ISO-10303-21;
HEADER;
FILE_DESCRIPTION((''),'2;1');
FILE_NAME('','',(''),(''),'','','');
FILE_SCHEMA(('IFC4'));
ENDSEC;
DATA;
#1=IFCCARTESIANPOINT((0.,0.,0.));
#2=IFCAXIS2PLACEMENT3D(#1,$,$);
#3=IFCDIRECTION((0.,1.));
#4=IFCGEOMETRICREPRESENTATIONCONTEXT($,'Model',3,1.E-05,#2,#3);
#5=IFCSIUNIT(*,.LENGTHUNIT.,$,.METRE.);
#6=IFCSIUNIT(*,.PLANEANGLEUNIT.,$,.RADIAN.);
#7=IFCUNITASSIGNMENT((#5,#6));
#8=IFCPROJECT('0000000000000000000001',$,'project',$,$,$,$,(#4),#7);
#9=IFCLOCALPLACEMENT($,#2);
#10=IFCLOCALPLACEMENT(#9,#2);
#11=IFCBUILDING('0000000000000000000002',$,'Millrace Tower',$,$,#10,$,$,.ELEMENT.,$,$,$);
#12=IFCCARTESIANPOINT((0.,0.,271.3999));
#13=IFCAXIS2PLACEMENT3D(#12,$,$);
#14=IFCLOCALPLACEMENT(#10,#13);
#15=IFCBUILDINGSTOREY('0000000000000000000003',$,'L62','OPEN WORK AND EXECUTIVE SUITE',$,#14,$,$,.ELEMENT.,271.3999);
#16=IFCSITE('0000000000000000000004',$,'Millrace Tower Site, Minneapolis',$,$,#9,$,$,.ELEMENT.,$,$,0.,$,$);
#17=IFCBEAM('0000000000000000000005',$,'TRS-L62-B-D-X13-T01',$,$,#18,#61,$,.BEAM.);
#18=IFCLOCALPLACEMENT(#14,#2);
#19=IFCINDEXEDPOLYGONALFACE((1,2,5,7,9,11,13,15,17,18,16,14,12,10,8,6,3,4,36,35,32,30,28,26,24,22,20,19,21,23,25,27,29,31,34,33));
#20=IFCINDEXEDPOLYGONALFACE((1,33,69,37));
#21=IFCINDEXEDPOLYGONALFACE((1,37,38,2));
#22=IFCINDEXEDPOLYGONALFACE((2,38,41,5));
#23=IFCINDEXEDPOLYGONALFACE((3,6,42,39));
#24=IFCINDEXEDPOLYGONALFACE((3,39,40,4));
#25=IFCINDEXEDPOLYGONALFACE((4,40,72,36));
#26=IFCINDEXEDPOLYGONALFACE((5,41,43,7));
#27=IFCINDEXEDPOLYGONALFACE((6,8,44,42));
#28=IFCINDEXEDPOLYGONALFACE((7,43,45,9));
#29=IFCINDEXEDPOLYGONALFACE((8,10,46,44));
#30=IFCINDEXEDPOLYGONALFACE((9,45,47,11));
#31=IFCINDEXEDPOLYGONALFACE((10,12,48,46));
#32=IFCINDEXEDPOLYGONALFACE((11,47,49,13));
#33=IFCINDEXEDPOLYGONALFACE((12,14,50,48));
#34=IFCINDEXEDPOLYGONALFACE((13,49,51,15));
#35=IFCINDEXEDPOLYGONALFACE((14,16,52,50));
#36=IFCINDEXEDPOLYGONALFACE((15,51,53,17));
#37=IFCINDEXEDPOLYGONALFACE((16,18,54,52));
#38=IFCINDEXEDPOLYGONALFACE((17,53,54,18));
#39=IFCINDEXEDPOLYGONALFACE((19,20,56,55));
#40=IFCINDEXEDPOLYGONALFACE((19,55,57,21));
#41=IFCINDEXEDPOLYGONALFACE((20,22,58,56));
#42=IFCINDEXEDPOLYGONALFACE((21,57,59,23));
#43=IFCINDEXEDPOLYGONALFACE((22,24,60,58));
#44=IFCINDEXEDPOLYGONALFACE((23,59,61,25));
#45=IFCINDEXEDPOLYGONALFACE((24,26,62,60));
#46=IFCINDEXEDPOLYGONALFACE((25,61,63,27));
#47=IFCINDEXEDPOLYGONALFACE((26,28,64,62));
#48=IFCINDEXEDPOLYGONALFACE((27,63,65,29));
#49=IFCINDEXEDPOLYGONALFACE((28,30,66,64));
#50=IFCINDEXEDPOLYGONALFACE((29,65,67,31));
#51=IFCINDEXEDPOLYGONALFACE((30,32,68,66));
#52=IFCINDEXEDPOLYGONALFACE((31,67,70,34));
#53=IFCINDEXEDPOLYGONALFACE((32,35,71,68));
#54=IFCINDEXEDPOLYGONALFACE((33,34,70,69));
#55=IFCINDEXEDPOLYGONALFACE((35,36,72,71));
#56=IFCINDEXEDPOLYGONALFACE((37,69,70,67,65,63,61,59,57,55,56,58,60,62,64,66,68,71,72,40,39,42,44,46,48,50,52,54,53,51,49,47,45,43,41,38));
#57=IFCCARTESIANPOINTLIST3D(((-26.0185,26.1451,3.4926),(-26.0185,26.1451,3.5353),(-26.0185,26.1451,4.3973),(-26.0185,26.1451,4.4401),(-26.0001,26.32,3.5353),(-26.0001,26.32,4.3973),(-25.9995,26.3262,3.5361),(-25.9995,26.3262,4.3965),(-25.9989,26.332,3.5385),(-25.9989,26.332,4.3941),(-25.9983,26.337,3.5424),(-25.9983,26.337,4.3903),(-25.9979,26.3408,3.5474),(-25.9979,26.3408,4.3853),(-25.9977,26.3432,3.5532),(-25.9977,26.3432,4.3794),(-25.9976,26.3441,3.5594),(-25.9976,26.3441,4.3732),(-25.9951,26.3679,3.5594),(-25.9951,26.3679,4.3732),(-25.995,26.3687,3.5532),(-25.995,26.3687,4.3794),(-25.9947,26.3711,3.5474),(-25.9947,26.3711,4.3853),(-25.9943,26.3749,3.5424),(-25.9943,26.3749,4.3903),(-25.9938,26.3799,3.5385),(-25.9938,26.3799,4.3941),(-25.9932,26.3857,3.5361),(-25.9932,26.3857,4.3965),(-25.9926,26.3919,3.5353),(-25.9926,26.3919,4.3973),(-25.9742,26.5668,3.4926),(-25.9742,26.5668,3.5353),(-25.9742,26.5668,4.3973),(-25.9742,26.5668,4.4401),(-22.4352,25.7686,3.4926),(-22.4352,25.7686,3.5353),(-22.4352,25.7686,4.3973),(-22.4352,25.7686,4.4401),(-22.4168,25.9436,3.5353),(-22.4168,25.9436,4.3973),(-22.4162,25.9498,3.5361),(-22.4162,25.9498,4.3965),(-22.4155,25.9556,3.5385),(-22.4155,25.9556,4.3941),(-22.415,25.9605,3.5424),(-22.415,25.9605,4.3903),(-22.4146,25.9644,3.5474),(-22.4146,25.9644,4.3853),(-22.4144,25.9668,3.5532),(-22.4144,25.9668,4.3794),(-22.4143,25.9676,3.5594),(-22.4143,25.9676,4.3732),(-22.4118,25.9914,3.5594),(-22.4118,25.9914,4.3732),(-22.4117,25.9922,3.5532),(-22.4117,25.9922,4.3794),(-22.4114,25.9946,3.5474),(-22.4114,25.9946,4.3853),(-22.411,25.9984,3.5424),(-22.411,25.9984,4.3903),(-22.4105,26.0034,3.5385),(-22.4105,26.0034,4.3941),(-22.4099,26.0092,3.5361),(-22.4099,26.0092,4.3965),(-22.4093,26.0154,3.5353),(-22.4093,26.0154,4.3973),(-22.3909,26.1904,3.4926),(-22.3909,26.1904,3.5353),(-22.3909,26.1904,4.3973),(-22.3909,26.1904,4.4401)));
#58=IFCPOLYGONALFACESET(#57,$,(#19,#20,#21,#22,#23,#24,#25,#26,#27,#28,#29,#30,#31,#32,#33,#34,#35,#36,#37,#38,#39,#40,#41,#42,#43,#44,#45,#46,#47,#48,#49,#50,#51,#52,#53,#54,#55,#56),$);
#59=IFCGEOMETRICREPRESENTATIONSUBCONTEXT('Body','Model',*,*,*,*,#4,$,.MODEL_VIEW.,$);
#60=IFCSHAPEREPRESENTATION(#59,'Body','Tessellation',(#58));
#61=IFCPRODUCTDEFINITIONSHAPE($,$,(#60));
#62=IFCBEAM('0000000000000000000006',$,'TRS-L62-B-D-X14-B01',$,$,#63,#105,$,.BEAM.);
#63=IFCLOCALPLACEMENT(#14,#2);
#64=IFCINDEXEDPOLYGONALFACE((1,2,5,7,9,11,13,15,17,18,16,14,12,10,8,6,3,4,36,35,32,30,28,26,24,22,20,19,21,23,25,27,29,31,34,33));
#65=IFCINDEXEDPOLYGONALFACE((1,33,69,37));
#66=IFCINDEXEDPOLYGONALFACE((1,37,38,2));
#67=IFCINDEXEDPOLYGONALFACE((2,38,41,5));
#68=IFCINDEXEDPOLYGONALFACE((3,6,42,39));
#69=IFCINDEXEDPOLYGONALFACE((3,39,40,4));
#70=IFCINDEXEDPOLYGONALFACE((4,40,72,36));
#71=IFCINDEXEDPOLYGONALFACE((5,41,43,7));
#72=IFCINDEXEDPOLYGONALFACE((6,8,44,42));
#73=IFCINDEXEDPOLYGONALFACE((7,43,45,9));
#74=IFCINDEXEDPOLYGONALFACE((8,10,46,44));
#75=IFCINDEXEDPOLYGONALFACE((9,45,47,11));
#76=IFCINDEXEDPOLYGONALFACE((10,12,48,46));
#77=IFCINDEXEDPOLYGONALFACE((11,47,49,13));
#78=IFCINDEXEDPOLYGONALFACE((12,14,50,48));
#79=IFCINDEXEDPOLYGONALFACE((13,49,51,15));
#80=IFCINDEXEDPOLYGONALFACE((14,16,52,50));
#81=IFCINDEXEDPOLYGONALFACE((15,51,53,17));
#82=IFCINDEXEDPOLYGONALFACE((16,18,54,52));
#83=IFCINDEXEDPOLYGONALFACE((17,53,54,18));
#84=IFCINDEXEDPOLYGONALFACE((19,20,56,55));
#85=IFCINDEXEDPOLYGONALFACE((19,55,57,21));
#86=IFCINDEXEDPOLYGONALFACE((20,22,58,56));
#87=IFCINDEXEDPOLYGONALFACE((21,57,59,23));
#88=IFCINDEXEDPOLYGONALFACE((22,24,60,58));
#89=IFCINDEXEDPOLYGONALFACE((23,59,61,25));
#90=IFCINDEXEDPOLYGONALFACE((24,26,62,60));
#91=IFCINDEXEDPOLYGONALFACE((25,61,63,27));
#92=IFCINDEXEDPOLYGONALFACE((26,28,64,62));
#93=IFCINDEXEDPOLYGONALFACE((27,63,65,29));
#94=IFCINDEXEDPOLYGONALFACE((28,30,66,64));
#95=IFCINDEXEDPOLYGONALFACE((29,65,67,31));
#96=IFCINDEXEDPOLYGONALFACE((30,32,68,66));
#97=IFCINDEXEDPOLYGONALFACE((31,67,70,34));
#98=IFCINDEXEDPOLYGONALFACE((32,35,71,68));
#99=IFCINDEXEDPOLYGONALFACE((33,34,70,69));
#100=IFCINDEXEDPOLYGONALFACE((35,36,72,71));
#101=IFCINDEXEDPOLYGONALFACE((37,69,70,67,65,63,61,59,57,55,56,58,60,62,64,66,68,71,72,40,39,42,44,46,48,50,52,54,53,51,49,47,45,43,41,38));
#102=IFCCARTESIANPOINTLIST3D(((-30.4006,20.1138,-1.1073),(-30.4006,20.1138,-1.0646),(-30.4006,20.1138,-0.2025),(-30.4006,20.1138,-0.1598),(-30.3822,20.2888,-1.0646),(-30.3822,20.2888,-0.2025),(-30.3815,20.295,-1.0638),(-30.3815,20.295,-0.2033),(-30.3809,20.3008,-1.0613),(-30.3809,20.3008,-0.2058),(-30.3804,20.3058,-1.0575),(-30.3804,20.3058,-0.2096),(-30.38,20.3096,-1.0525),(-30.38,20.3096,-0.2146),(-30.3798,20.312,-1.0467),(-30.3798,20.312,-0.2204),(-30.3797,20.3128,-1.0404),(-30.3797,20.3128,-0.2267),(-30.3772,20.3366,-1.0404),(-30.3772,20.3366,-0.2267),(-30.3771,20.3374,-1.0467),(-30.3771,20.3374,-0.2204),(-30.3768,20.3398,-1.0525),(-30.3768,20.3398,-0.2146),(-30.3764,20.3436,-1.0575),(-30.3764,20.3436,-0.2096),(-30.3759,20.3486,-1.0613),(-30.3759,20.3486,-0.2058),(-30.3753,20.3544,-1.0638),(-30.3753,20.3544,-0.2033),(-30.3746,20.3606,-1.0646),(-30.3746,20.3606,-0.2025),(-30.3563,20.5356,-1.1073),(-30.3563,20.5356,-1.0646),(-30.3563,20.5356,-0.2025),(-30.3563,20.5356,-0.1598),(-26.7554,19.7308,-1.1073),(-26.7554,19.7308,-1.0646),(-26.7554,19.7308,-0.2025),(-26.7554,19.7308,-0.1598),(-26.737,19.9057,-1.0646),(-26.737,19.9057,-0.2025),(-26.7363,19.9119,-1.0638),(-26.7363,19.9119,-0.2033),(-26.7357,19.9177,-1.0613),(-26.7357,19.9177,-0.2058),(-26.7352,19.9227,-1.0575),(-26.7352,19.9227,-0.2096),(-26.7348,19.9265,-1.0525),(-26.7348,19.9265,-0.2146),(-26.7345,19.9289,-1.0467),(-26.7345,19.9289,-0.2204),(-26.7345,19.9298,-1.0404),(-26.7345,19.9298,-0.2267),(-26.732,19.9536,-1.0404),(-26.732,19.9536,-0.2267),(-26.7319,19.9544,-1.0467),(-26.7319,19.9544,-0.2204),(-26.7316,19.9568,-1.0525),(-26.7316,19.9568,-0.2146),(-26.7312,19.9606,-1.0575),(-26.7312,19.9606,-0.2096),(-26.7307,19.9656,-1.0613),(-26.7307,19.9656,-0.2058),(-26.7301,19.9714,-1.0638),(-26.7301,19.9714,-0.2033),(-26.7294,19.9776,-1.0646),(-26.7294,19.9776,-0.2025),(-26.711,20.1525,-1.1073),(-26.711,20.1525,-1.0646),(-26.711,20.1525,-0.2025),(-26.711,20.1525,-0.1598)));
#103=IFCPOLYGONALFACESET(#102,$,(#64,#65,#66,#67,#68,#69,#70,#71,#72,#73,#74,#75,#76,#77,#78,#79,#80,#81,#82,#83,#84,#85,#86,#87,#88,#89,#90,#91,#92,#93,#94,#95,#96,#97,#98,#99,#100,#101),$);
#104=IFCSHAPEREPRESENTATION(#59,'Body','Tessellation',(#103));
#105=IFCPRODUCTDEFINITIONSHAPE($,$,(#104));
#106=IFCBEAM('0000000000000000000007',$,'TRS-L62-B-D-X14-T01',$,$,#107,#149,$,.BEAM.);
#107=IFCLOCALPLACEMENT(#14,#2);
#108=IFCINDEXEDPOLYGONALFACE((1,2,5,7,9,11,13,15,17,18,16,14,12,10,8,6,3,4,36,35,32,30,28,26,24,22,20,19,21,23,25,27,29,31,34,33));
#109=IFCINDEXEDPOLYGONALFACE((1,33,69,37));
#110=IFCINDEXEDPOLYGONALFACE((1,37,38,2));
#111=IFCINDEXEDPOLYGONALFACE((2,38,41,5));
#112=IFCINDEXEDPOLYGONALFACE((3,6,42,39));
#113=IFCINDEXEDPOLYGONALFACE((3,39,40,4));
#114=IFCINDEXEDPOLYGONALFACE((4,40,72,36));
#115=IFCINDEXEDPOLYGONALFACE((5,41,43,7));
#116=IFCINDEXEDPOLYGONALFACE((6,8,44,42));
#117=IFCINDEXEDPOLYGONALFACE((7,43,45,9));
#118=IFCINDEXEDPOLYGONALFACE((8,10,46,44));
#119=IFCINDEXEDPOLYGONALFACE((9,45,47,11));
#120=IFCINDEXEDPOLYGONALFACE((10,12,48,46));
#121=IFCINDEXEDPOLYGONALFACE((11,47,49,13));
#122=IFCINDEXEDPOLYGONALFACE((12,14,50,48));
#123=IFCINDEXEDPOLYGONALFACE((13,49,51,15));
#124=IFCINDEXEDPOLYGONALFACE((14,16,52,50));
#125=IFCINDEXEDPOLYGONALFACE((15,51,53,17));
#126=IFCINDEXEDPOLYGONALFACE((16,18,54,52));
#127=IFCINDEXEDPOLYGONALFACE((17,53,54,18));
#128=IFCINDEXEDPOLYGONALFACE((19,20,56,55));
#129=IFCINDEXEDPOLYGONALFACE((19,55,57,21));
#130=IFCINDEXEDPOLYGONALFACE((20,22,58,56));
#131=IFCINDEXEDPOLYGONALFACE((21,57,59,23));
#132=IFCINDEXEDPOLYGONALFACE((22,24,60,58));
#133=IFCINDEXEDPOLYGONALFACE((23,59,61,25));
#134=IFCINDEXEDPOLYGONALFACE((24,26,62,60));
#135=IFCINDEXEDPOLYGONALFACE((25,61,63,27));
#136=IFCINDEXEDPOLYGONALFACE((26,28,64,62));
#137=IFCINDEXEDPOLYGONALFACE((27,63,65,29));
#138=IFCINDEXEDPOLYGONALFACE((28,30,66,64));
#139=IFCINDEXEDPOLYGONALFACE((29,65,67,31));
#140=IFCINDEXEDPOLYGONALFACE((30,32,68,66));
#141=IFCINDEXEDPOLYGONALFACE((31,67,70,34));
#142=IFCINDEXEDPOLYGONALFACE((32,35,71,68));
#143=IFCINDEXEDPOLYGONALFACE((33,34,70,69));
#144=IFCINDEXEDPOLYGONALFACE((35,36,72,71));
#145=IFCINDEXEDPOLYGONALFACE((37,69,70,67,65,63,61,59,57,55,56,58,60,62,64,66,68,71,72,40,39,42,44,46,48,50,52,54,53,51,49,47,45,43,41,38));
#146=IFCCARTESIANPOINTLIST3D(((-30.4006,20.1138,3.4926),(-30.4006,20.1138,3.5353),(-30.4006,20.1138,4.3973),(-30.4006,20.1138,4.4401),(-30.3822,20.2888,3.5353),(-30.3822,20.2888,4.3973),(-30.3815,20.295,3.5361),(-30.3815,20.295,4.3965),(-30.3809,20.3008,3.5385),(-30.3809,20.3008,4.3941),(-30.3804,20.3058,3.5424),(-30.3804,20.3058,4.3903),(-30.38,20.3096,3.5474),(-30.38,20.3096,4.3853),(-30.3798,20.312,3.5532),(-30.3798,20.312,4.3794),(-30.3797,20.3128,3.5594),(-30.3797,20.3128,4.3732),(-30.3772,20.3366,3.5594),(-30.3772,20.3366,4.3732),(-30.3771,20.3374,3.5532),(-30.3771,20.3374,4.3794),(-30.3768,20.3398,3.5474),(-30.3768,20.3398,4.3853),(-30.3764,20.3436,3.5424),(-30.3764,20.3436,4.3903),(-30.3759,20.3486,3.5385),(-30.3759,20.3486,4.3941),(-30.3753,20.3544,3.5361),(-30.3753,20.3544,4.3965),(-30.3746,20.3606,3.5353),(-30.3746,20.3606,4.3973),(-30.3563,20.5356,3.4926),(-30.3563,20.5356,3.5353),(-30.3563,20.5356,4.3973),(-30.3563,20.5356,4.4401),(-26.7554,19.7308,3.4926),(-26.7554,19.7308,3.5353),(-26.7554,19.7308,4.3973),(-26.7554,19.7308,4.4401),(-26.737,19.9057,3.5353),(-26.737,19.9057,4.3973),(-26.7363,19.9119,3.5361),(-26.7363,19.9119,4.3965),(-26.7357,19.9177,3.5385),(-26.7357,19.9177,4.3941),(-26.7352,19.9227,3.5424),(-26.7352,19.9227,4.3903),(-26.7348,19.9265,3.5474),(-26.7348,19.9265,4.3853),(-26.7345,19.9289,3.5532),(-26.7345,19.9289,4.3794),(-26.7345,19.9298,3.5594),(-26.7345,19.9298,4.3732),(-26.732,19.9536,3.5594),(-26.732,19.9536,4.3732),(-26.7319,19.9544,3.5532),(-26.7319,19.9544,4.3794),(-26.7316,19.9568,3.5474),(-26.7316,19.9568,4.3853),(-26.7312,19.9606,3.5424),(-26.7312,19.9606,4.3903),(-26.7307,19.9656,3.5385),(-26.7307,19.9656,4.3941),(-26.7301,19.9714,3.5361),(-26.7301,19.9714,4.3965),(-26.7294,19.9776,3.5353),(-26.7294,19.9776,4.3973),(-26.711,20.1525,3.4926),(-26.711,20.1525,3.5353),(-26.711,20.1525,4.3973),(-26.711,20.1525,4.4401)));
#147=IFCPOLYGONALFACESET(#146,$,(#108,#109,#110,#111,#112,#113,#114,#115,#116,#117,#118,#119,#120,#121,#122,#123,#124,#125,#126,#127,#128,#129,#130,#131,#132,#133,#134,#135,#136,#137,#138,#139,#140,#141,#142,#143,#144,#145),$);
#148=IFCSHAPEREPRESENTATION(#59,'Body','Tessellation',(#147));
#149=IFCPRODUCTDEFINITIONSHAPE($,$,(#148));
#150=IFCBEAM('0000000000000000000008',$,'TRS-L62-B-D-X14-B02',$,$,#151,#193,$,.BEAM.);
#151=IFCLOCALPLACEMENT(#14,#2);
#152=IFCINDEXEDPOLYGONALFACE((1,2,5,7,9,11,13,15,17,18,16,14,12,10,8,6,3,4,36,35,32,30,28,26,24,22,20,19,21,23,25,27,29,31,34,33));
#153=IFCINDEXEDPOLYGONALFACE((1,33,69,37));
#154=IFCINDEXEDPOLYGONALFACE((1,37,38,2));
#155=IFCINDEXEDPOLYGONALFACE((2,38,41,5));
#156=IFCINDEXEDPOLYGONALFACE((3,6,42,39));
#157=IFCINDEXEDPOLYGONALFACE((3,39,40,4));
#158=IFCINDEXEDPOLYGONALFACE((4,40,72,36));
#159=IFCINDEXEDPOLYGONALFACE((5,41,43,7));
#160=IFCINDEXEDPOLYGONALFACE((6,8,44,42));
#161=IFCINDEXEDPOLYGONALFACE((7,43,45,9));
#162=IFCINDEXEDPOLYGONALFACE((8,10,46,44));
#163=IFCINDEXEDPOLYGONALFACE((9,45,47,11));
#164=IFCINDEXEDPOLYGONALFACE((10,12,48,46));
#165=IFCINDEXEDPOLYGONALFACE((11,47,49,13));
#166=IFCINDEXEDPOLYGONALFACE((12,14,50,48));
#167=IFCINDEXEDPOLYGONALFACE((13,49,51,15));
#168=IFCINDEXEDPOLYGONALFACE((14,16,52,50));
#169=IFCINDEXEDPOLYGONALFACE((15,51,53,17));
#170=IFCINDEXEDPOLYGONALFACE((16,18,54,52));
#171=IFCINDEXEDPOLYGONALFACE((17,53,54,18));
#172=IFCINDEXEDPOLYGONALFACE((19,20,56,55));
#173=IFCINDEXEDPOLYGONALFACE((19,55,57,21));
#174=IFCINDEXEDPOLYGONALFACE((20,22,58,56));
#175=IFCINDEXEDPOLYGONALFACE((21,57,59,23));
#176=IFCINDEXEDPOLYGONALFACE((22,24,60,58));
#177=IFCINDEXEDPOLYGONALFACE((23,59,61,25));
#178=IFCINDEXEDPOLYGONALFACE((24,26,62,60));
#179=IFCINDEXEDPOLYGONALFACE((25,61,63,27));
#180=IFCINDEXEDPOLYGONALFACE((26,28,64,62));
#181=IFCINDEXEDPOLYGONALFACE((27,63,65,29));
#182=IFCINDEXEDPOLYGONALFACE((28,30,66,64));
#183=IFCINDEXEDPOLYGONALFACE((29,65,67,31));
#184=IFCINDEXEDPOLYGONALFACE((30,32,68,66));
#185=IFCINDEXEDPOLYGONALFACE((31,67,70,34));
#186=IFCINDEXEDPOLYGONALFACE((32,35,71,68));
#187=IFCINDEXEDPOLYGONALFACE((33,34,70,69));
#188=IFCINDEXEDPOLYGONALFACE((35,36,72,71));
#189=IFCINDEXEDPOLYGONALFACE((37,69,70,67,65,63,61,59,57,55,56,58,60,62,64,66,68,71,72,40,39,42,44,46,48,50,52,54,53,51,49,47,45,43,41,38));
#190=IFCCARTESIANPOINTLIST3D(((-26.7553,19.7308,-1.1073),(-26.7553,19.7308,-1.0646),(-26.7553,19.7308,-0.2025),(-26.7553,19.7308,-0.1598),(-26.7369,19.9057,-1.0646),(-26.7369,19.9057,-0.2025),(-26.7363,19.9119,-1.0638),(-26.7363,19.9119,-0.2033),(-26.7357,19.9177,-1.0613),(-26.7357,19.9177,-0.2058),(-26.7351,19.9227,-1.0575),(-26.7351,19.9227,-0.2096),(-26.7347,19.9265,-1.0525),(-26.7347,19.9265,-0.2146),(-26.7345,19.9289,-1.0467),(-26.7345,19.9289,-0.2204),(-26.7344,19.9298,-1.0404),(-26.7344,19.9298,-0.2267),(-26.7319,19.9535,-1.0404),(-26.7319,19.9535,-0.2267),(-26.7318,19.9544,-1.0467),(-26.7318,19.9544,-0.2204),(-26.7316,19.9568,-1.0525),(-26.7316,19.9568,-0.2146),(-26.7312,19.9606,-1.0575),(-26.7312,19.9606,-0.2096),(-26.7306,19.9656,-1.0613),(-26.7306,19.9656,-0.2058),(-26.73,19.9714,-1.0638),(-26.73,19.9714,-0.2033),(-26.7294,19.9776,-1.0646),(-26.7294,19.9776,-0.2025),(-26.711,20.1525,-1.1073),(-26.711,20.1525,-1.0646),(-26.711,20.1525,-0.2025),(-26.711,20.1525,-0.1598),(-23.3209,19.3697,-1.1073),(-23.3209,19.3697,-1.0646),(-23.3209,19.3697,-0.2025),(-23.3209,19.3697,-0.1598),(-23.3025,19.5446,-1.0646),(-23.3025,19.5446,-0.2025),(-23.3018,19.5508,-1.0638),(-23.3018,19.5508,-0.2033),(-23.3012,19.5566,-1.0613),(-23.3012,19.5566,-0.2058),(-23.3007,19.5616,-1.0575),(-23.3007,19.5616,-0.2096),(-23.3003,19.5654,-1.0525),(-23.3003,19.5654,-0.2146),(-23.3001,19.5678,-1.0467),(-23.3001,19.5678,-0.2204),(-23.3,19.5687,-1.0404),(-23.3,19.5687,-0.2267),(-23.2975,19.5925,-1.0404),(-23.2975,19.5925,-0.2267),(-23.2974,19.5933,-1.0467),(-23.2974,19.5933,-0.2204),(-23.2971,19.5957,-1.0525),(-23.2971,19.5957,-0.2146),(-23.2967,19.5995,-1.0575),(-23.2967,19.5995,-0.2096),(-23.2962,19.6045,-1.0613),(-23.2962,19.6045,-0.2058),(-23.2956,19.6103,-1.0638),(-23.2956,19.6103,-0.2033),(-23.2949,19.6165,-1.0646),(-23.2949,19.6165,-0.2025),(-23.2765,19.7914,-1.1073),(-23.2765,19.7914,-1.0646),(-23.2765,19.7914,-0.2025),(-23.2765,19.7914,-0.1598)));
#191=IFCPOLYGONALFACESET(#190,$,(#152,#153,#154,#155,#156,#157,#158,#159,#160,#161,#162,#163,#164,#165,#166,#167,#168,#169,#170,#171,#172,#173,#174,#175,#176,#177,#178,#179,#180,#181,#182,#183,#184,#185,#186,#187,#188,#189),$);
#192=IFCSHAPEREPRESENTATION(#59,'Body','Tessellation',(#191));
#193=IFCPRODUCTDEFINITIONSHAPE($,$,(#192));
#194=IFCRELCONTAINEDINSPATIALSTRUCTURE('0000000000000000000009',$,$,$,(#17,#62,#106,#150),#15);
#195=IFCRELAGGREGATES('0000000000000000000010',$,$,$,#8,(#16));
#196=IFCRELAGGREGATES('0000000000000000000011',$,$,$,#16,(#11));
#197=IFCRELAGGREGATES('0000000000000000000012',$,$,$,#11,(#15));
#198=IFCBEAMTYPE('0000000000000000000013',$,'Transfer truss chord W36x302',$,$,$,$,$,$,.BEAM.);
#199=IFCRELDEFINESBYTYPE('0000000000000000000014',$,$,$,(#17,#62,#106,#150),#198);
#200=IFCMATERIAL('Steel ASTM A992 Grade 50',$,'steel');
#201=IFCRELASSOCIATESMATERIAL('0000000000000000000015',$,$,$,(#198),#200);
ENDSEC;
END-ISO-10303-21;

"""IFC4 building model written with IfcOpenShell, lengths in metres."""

from ifc_helpers import new_model, si_unit, direction, frame, origin, origin_2d, place, context, subcontext, project, spatial, i_section, extrude, material, material_profile, profile_set, type_object, element, save


model = new_model("IFC4")

# Units and contexts
model_context = context("Model", 3, precision=1e-05, world=origin(), true_north=direction((0.0, 1.0)))
body_context = subcontext(model_context, "Body", "Model", "MODEL_VIEW")
ifc_project = project(units=[si_unit("LENGTHUNIT", "METRE"), si_unit("PLANEANGLEUNIT", "RADIAN")], contexts=[model_context])

# Site, building, storey
site_placement = place(None, origin())
site = spatial("IfcSite", under=ifc_project, at=site_placement, Name="Millrace Tower Site, Minneapolis", CompositionType="ELEMENT", RefElevation=0.0)
building_placement = place(site_placement, origin())
building = spatial("IfcBuilding", under=site, at=building_placement, Name="Millrace Tower", CompositionType="ELEMENT")
storey_placement = place(building_placement, frame((0.0, 0.0, 271.3999)))
storey = spatial("IfcBuildingStorey", under=building, at=storey_placement, Name="L62", Description="OPEN WORK AND EXECUTIVE SUITE", CompositionType="ELEMENT", Elevation=271.3999)

# Beams
ifc_material_1 = material(Name="Steel ASTM A992 Grade 50", Category="steel")
ifc_material_profile_1 = material_profile(ifc_material_1, i_section(OverallWidth=0.4241, OverallDepth=0.9475, WebThickness=0.0239, FlangeThickness=0.0427, FilletRadius=0.0242, at=origin_2d()))
ifc_profile_set_1 = profile_set([ifc_material_profile_1], Name="Steel ASTM A992 Grade 50")
beam_type = type_object("IfcBeamType", Name="Transfer truss chord W36x302", PredefinedType="BEAM", material=ifc_profile_set_1)
for number, where, z_axis, x_axis, name in (
    (1, (-25.9963, 26.356, 3.9663), (0.994526, -0.104487, 0.0), (0.104487, 0.994526, 0.0), "TRS-L62-B-D-X13-T01"),
):
    element("IfcBeam", number, at=place(storey_placement, frame(where, z_axis=z_axis, x_axis=x_axis)), inside=storey, type_object=beam_type, Name=name, PredefinedType="BEAM", context=body_context, shape_type="SweptSolid", body=[
        extrude(i_section(OverallWidth=0.4241, OverallDepth=0.9475, WebThickness=0.0239, FlangeThickness=0.0427, FilletRadius=0.0242, at=origin_2d()), origin(), (0.0, 0.0, 1.0), 3.603),
    ])
for number, where, z_axis, x_axis, name in (
    (2, (-30.3784, 20.3247, -0.6335), (0.994524, -0.104508, 0.0), (0.104508, 0.994524, 0.0), "TRS-L62-B-D-X14-B01"),
    (3, (-30.3784, 20.3247, 3.9663), (0.994524, -0.104508, 0.0), (0.104508, 0.994524, 0.0), "TRS-L62-B-D-X14-T01"),
):
    element("IfcBeam", number, at=place(storey_placement, frame(where, z_axis=z_axis, x_axis=x_axis)), inside=storey, type_object=beam_type, Name=name, PredefinedType="BEAM", context=body_context, shape_type="SweptSolid", body=[
        extrude(i_section(OverallWidth=0.4241, OverallDepth=0.9475, WebThickness=0.0239, FlangeThickness=0.0427, FilletRadius=0.0242, at=origin_2d()), origin(), (0.0, 0.0, 1.0), 3.6653),
    ])
for number, where, z_axis, x_axis, name in (
    (4, (-26.7332, 19.9417, -0.6335), (0.994518, -0.104563, 0.0), (0.104563, 0.994518, 0.0), "TRS-L62-B-D-X14-B02"),
):
    element("IfcBeam", number, at=place(storey_placement, frame(where, z_axis=z_axis, x_axis=x_axis)), inside=storey, type_object=beam_type, Name=name, PredefinedType="BEAM", context=body_context, shape_type="SweptSolid", body=[
        extrude(i_section(OverallWidth=0.4241, OverallDepth=0.9475, WebThickness=0.0239, FlangeThickness=0.0427, FilletRadius=0.0242, at=origin_2d()), origin(), (0.0, 0.0, 1.0), 3.4534),
    ])

save(model, "model.ifc")
